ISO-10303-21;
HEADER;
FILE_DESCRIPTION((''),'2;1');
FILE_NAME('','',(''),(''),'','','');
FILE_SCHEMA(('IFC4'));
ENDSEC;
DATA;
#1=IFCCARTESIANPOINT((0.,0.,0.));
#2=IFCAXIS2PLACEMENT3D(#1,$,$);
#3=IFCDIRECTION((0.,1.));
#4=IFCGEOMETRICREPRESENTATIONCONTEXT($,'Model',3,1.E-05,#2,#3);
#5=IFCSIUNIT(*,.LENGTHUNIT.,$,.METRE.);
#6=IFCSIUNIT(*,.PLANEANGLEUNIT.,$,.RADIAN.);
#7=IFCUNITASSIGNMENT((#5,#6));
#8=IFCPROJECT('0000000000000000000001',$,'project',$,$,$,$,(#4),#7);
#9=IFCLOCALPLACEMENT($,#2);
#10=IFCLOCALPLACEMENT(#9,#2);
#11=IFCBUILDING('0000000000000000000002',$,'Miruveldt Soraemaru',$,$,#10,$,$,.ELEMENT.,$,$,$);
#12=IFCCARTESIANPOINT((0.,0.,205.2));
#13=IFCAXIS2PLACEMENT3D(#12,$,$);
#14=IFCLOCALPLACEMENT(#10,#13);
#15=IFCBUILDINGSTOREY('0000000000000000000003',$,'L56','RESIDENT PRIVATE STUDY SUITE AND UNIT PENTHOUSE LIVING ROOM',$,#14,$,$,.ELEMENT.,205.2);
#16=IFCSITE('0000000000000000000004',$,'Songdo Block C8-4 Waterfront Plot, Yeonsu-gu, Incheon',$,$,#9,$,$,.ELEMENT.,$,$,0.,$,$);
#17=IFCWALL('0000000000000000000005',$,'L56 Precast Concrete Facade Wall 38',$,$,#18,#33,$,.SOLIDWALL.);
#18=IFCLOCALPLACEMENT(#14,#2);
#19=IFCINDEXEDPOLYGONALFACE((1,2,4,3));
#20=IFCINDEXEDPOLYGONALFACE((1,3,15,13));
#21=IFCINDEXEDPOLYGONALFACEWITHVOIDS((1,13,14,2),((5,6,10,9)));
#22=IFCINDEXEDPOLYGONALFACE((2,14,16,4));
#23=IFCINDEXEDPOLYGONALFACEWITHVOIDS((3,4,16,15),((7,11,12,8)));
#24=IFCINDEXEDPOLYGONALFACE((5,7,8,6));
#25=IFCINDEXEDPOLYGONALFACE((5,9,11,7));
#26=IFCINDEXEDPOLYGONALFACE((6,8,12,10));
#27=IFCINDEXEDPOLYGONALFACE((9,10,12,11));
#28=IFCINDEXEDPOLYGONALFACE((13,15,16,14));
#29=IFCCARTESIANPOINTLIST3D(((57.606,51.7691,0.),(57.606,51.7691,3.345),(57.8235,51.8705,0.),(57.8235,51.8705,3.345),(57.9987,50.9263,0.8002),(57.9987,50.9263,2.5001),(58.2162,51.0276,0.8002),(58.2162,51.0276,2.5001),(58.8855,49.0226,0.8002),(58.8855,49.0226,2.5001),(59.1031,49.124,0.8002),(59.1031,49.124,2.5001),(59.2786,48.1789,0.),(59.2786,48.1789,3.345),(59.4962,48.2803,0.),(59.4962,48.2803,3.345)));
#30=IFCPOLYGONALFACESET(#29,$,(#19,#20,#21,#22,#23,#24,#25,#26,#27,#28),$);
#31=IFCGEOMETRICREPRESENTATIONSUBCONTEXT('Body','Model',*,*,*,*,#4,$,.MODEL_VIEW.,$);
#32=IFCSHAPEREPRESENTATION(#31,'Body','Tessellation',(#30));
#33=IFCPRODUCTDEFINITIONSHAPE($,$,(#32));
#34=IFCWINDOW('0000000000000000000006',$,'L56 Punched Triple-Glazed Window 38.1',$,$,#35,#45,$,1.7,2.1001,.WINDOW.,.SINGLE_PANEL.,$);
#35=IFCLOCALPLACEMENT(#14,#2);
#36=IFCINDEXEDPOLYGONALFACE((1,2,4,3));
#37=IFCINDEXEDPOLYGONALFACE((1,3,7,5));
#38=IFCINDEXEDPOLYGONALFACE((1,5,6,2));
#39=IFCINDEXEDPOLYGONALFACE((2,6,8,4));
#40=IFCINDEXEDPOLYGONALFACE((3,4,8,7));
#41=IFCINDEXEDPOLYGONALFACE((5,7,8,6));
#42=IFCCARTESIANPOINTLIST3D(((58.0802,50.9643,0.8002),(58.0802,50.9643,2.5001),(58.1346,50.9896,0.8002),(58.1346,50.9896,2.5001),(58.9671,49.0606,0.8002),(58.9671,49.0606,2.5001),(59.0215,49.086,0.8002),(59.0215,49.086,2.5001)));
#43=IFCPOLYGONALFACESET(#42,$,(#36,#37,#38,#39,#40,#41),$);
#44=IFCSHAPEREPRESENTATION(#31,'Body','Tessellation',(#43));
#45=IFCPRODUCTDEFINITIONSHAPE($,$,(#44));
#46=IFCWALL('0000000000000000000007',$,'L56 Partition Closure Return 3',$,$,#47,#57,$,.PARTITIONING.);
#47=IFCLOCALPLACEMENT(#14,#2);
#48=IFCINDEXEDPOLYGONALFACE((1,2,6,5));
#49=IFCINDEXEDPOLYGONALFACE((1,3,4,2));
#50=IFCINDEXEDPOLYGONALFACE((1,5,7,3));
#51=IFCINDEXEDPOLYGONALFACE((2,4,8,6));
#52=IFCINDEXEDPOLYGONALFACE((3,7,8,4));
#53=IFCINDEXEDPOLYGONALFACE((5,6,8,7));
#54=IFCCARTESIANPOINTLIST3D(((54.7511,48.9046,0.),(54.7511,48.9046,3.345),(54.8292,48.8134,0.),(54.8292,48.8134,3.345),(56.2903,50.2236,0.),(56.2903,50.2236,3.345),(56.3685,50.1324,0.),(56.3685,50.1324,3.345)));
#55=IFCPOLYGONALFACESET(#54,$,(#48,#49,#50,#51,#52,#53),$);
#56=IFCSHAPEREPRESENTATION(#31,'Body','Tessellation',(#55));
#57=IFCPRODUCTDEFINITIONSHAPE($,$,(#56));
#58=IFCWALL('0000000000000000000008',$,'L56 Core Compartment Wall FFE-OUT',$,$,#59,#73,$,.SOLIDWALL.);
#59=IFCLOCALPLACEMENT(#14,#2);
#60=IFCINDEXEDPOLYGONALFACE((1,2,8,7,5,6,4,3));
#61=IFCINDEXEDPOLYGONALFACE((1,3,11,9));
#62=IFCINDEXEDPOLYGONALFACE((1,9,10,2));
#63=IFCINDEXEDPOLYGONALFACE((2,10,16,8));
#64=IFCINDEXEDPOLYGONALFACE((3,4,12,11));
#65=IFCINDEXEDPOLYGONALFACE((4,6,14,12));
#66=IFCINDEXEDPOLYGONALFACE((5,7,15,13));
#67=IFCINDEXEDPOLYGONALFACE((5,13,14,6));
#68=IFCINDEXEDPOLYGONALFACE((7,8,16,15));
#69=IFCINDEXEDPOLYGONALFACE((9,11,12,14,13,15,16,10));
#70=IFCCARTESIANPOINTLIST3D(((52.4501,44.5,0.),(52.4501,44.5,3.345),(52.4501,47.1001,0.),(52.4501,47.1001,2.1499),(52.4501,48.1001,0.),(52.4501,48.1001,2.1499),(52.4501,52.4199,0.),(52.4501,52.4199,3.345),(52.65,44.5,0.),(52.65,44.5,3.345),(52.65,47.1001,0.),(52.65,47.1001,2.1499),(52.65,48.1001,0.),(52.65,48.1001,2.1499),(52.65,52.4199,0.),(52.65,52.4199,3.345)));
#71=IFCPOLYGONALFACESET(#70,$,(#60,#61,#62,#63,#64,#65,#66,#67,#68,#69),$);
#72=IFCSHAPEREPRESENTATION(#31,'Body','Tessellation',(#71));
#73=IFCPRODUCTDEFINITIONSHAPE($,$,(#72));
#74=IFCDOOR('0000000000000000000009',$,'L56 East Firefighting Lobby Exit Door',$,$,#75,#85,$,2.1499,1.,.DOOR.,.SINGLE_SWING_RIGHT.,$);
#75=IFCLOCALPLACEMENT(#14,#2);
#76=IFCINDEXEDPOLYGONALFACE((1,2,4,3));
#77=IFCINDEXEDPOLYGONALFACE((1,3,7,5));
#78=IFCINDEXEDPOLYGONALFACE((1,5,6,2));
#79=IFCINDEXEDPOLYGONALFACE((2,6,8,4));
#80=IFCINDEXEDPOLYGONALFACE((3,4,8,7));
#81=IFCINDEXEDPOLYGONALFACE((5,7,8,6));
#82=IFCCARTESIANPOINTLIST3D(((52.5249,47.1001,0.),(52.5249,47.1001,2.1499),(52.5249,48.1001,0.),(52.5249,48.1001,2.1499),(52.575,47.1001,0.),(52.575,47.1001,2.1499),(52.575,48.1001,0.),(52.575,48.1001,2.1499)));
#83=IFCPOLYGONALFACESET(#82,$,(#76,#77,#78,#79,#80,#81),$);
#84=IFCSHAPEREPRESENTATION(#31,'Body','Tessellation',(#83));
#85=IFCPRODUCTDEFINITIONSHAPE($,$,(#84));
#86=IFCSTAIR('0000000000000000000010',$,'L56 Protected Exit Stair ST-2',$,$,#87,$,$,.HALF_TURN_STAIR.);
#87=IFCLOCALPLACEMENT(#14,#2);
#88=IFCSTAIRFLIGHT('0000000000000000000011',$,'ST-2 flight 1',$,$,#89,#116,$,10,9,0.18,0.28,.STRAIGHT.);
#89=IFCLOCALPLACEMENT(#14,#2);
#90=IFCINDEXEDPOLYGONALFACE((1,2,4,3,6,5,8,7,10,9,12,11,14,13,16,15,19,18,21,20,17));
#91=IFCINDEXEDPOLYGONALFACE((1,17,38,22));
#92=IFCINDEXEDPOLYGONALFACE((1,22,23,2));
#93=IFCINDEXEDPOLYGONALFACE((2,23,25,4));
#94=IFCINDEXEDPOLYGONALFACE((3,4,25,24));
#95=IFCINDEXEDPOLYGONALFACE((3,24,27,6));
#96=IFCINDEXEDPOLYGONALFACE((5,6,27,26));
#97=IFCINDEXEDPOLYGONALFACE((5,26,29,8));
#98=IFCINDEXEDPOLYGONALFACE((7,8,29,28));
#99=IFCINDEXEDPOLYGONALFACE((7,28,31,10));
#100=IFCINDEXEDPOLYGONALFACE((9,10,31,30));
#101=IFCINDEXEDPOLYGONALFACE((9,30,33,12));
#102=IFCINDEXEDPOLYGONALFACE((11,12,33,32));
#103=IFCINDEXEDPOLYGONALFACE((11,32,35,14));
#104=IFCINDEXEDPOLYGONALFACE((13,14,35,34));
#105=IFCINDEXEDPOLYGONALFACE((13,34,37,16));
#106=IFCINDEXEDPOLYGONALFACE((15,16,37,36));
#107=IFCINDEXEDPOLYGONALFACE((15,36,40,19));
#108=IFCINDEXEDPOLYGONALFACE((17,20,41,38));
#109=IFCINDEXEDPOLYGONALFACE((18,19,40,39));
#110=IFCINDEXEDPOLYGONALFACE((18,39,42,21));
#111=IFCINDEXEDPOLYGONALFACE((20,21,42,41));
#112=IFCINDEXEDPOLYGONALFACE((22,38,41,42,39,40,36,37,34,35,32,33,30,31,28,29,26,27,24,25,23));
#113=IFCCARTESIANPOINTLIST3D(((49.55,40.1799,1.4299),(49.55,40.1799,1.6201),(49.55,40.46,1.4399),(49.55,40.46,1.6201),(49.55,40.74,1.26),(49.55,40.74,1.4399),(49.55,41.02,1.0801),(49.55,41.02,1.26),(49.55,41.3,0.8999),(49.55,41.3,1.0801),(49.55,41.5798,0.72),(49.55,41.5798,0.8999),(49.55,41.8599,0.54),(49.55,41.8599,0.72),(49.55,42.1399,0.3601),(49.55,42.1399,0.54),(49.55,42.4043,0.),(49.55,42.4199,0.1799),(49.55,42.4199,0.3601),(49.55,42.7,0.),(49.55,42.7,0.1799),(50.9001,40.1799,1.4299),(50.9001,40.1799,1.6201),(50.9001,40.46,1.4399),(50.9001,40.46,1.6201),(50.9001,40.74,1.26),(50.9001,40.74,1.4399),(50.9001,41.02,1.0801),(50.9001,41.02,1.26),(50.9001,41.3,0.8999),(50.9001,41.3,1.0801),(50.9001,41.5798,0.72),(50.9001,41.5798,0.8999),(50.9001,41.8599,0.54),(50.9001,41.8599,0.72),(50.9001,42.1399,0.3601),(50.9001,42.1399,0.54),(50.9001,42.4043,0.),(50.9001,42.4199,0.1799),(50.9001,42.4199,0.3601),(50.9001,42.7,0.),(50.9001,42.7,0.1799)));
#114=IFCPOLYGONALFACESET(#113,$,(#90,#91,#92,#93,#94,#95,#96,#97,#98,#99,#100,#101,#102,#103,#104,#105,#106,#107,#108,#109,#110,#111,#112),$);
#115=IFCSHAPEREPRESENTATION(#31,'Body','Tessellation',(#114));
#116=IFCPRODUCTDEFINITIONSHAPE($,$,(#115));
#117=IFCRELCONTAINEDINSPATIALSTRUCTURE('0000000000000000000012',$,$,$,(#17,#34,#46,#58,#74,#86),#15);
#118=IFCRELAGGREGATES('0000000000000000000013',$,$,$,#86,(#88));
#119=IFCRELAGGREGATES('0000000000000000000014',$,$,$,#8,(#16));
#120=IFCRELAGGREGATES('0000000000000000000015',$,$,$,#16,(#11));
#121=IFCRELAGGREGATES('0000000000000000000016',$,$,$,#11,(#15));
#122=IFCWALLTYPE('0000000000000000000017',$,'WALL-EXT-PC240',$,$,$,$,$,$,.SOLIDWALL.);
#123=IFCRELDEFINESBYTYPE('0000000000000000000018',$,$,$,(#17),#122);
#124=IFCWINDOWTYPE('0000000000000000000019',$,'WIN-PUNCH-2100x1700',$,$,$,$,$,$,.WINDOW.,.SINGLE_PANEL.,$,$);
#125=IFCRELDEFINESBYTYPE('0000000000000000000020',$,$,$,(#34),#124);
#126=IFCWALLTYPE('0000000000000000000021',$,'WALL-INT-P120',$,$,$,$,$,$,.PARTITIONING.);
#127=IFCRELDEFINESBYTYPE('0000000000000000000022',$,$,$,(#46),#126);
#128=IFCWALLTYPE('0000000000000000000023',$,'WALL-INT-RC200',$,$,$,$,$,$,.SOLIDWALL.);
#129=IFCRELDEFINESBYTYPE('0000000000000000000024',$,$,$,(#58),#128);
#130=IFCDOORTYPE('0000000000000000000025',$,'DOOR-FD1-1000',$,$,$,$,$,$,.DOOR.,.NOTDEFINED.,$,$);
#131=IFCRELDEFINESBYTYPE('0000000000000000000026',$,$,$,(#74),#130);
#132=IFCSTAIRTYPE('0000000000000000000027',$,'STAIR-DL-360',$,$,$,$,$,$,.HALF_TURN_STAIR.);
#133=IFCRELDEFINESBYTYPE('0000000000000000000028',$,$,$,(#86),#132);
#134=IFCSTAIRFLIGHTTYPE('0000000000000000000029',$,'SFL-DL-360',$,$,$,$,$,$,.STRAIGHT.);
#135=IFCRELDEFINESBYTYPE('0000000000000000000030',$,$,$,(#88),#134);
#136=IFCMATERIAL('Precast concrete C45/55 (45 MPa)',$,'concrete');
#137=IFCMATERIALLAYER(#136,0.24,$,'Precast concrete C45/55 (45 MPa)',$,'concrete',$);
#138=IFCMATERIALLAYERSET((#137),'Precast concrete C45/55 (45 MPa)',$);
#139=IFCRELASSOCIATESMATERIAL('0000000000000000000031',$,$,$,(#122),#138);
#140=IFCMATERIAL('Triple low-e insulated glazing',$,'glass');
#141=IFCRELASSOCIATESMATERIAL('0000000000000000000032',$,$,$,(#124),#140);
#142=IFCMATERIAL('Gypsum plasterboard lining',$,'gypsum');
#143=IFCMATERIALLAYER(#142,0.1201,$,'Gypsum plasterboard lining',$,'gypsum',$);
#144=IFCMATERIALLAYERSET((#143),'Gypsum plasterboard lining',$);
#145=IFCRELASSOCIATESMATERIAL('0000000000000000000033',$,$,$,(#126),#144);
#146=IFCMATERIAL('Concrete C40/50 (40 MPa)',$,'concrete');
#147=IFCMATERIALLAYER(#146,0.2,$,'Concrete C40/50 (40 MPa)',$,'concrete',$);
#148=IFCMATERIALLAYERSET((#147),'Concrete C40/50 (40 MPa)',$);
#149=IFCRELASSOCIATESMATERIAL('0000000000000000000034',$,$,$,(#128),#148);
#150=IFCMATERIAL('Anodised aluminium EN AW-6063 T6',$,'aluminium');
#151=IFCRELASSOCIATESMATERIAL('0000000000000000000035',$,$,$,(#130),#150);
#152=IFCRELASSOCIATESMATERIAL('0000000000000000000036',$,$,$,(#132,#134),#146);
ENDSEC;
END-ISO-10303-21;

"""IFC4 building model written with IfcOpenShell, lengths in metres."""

from ifc_helpers import new_model, si_unit, direction, frame, frame_2d, origin, place, context, subcontext, project, spatial, polyline, rectangle, outline, extrude, material, layer, layer_set, type_object, element, fill, aggregate, save


model = new_model("IFC4")

# Units and contexts
model_context = context("Model", 3, precision=1e-05, world=origin(), true_north=direction((0.0, 1.0)))
body_context = subcontext(model_context, "Body", "Model", "MODEL_VIEW")
ifc_project = project(units=[si_unit("LENGTHUNIT", "METRE"), si_unit("PLANEANGLEUNIT", "RADIAN")], contexts=[model_context])

# Site, building, storey
site_placement = place(None, origin())
site = spatial("IfcSite", under=ifc_project, at=site_placement, Name="Songdo Block C8-4 Waterfront Plot, Yeonsu-gu, Incheon", CompositionType="ELEMENT", RefElevation=0.0)
building_placement = place(site_placement, origin())
building = spatial("IfcBuilding", under=site, at=building_placement, Name="Miruveldt Soraemaru", CompositionType="ELEMENT")
storey_placement = place(building_placement, frame((0.0, 0.0, 205.2)))
storey = spatial("IfcBuildingStorey", under=building, at=storey_placement, Name="L56", Description="RESIDENT PRIVATE STUDY SUITE AND UNIT PENTHOUSE LIVING ROOM", CompositionType="ELEMENT", Elevation=205.2)

# Shared definitions
ifc_material_1 = material(Name="Triple low-e insulated glazing", Category="glass")

# Shared definitions
ifc_material_2 = material(Name="Precast concrete C45/55 (45 MPa)", Category="concrete")
ifc_layer_1 = layer(ifc_material_2, 0.24, Name="Precast concrete C45/55 (45 MPa)", Category="concrete")
ifc_layer_set_1 = layer_set([ifc_layer_1], Name="Precast concrete C45/55 (45 MPa)")
wall_type_1 = type_object("IfcWallType", Name="WALL-EXT-PC240", PredefinedType="SOLIDWALL", material=ifc_layer_set_1)

# Wall, opening, window
window_type_1 = type_object("IfcWindowType", Name="WIN-PUNCH-2100x1700", PartitioningType="SINGLE_PANEL", PredefinedType="WINDOW", material=ifc_material_1)
wall_1_placement = place(storey_placement, frame((59.3875, 48.2295, 0.0), z_axis=(0.0, 0.0, 1.0), x_axis=(-0.422312, 0.906451, 0.0)))
wall_1 = element("IfcWall", 1, at=wall_1_placement, inside=storey, type_object=wall_type_1, Name="L56 Precast Concrete Facade Wall 38", PredefinedType="SOLIDWALL", context=body_context, shape_type="SweptSolid", body=[
    extrude(rectangle(XDim=3.9607, YDim=0.24, at=frame_2d((1.9805, 0.0))), origin(), (0.0, 0.0, 1.0), 3.345),
])
opening_1_placement = place(wall_1_placement, frame((0.9309, 0.0, 0.8)))
opening_1 = element("IfcOpeningElement", 2, at=opening_1_placement, cuts=wall_1, PredefinedType="OPENING", context=body_context, shape_type="SweptSolid", body=[
    extrude(rectangle(XDim=2.1001, YDim=1.7, at=frame_2d((1.05, 0.8501))), frame((0.0, 0.1299, 0.0), z_axis=(0.0, -1.0, 0.0), x_axis=(1.0, 0.0, 0.0)), (0.0, 0.0, 1.0), 0.26),
])
window_1_placement = place(opening_1_placement, origin())
window_1 = element("IfcWindow", 3, at=window_1_placement, inside=storey, type_object=window_type_1, Name="L56 Punched Triple-Glazed Window 38.1", OverallHeight=1.7, OverallWidth=2.1001, PartitioningType="SINGLE_PANEL", PredefinedType="WINDOW", context=body_context, shape_type="SweptSolid", body=[
    extrude(rectangle(XDim=2.1001, YDim=1.7, at=frame_2d((1.05, 0.8501))), frame((0.0, 0.03, 0.0), z_axis=(0.0, -1.0, 0.0), x_axis=(1.0, 0.0, 0.0)), (0.0, 0.0, 1.0), 0.0601),
])
fill(opening_1, window_1)

# Wall
ifc_material_3 = material(Name="Gypsum plasterboard lining", Category="gypsum")
ifc_layer_2 = layer(ifc_material_3, 0.1201, Name="Gypsum plasterboard lining", Category="gypsum")
ifc_layer_set_2 = layer_set([ifc_layer_2], Name="Gypsum plasterboard lining")
wall_type_2 = type_object("IfcWallType", Name="WALL-INT-P120", PredefinedType="PARTITIONING", material=ifc_layer_set_2)
wall_2_placement = place(storey_placement, frame((54.79, 48.8589, 0.0), z_axis=(0.0, 0.0, 1.0), x_axis=(0.759333, 0.650702, 0.0)))
element("IfcWall", 4, at=wall_2_placement, inside=storey, type_object=wall_type_2, Name="L56 Partition Closure Return 3", PredefinedType="PARTITIONING", context=body_context, shape_type="SweptSolid", body=[
    extrude(rectangle(XDim=2.0271, YDim=0.1201, at=frame_2d((1.0137, 0.0))), origin(), (0.0, 0.0, 1.0), 3.345),
])

# Wall, opening, door
ifc_material_4 = material(Name="Concrete C40/50 (40 MPa)", Category="concrete")
ifc_layer_3 = layer(ifc_material_4, 0.2, Name="Concrete C40/50 (40 MPa)", Category="concrete")
ifc_layer_set_3 = layer_set([ifc_layer_3], Name="Concrete C40/50 (40 MPa)")
wall_type_3 = type_object("IfcWallType", Name="WALL-INT-RC200", PredefinedType="SOLIDWALL", material=ifc_layer_set_3)
wall_3_placement = place(storey_placement, frame((52.55, 44.5, 0.0), z_axis=(0.0, 0.0, 1.0), x_axis=(0.0, 1.0, 0.0)))
wall_3 = element("IfcWall", 5, at=wall_3_placement, inside=storey, type_object=wall_type_3, Name="L56 Core Compartment Wall FFE-OUT", PredefinedType="SOLIDWALL", context=body_context, shape_type="SweptSolid", body=[
    extrude(rectangle(XDim=7.9199, YDim=0.2, at=frame_2d((3.96, 0.0))), origin(), (0.0, 0.0, 1.0), 3.345),
])
opening_2_placement = place(wall_3_placement, frame((2.6001, 0.0, 0.0)))
opening_2 = element("IfcOpeningElement", 6, at=opening_2_placement, cuts=wall_3, PredefinedType="OPENING", context=body_context, shape_type="SweptSolid", body=[
    extrude(rectangle(XDim=1.0, YDim=2.1499, at=frame_2d((0.5, 1.075))), frame((0.0, 0.1099, 0.0), z_axis=(0.0, -1.0, 0.0), x_axis=(1.0, 0.0, 0.0)), (0.0, 0.0, 1.0), 0.22),
])
ifc_material_5 = material(Name="Anodised aluminium EN AW-6063 T6", Category="aluminium")
door_type = type_object("IfcDoorType", Name="DOOR-FD1-1000", OperationType="NOTDEFINED", PredefinedType="DOOR", material=ifc_material_5)
door_placement = place(opening_2_placement, frame((1.0, 0.0, 0.0), z_axis=(0.0, 0.0, 1.0), x_axis=(-1.0, 0.0, 0.0)))
door = element("IfcDoor", 7, at=door_placement, inside=storey, type_object=door_type, Name="L56 East Firefighting Lobby Exit Door", OperationType="SINGLE_SWING_RIGHT", OverallHeight=2.1499, OverallWidth=1.0, PredefinedType="DOOR", context=body_context, shape_type="SweptSolid", body=[
    extrude(rectangle(XDim=1.0, YDim=2.1499, at=frame_2d((0.5, 1.075))), frame((0.0, 0.0249, 0.0), z_axis=(0.0, -1.0, 0.0), x_axis=(1.0, 0.0, 0.0)), (0.0, 0.0, 1.0), 0.05),
])
fill(opening_2, door)

# Stair, stair flight
stair_type = type_object("IfcStairType", Name="STAIR-DL-360", PredefinedType="HALF_TURN_STAIR", material=ifc_material_4)
stair_placement = place(storey_placement, origin())
stair = element("IfcStair", 8, at=stair_placement, inside=storey, type_object=stair_type, Name="L56 Protected Exit Stair ST-2", PredefinedType="HALF_TURN_STAIR")
stair_flight_type = type_object("IfcStairFlightType", Name="SFL-DL-360", PredefinedType="STRAIGHT", material=ifc_material_4)
stair_flight_placement = place(storey_placement, frame((50.2251, 42.7, 0.0), z_axis=(0.0, 0.0, 1.0), x_axis=(0.0, -1.0, 0.0)))
stair_flight = element("IfcStairFlight", 9, at=stair_flight_placement, type_object=stair_flight_type, Name="ST-2 flight 1", NumberOfRisers=10, NumberOfTreads=9, PredefinedType="STRAIGHT", RiserHeight=0.18, TreadLength=0.28, context=body_context, shape_type="SweptSolid", body=[
    extrude(outline(polyline([(0.0, 0.0), (0.0, 0.1799), (0.28, 0.1799), (0.28, 0.3601), (0.5601, 0.3601), (0.5601, 0.54), (0.8401, 0.54), (0.8401, 0.72), (1.1201, 0.72), (1.1201, 0.8999), (1.3999, 0.8999), (1.3999, 1.0801), (1.6799, 1.0801), (1.6799, 1.26), (1.96, 1.26), (1.96, 1.4399), (2.24, 1.4399), (2.24, 1.6201), (2.52, 1.6201), (2.52, 1.8), (2.52, 1.4299), (0.2957, 0.0), (0.0, 0.0)])), frame((0.0, 0.675, 0.0), z_axis=(0.0, -1.0, 0.0), x_axis=(1.0, 0.0, 0.0)), (0.0, 0.0, 1.0), 1.3501),
])
aggregate(stair, [stair_flight])

save(model, "model.ifc")
